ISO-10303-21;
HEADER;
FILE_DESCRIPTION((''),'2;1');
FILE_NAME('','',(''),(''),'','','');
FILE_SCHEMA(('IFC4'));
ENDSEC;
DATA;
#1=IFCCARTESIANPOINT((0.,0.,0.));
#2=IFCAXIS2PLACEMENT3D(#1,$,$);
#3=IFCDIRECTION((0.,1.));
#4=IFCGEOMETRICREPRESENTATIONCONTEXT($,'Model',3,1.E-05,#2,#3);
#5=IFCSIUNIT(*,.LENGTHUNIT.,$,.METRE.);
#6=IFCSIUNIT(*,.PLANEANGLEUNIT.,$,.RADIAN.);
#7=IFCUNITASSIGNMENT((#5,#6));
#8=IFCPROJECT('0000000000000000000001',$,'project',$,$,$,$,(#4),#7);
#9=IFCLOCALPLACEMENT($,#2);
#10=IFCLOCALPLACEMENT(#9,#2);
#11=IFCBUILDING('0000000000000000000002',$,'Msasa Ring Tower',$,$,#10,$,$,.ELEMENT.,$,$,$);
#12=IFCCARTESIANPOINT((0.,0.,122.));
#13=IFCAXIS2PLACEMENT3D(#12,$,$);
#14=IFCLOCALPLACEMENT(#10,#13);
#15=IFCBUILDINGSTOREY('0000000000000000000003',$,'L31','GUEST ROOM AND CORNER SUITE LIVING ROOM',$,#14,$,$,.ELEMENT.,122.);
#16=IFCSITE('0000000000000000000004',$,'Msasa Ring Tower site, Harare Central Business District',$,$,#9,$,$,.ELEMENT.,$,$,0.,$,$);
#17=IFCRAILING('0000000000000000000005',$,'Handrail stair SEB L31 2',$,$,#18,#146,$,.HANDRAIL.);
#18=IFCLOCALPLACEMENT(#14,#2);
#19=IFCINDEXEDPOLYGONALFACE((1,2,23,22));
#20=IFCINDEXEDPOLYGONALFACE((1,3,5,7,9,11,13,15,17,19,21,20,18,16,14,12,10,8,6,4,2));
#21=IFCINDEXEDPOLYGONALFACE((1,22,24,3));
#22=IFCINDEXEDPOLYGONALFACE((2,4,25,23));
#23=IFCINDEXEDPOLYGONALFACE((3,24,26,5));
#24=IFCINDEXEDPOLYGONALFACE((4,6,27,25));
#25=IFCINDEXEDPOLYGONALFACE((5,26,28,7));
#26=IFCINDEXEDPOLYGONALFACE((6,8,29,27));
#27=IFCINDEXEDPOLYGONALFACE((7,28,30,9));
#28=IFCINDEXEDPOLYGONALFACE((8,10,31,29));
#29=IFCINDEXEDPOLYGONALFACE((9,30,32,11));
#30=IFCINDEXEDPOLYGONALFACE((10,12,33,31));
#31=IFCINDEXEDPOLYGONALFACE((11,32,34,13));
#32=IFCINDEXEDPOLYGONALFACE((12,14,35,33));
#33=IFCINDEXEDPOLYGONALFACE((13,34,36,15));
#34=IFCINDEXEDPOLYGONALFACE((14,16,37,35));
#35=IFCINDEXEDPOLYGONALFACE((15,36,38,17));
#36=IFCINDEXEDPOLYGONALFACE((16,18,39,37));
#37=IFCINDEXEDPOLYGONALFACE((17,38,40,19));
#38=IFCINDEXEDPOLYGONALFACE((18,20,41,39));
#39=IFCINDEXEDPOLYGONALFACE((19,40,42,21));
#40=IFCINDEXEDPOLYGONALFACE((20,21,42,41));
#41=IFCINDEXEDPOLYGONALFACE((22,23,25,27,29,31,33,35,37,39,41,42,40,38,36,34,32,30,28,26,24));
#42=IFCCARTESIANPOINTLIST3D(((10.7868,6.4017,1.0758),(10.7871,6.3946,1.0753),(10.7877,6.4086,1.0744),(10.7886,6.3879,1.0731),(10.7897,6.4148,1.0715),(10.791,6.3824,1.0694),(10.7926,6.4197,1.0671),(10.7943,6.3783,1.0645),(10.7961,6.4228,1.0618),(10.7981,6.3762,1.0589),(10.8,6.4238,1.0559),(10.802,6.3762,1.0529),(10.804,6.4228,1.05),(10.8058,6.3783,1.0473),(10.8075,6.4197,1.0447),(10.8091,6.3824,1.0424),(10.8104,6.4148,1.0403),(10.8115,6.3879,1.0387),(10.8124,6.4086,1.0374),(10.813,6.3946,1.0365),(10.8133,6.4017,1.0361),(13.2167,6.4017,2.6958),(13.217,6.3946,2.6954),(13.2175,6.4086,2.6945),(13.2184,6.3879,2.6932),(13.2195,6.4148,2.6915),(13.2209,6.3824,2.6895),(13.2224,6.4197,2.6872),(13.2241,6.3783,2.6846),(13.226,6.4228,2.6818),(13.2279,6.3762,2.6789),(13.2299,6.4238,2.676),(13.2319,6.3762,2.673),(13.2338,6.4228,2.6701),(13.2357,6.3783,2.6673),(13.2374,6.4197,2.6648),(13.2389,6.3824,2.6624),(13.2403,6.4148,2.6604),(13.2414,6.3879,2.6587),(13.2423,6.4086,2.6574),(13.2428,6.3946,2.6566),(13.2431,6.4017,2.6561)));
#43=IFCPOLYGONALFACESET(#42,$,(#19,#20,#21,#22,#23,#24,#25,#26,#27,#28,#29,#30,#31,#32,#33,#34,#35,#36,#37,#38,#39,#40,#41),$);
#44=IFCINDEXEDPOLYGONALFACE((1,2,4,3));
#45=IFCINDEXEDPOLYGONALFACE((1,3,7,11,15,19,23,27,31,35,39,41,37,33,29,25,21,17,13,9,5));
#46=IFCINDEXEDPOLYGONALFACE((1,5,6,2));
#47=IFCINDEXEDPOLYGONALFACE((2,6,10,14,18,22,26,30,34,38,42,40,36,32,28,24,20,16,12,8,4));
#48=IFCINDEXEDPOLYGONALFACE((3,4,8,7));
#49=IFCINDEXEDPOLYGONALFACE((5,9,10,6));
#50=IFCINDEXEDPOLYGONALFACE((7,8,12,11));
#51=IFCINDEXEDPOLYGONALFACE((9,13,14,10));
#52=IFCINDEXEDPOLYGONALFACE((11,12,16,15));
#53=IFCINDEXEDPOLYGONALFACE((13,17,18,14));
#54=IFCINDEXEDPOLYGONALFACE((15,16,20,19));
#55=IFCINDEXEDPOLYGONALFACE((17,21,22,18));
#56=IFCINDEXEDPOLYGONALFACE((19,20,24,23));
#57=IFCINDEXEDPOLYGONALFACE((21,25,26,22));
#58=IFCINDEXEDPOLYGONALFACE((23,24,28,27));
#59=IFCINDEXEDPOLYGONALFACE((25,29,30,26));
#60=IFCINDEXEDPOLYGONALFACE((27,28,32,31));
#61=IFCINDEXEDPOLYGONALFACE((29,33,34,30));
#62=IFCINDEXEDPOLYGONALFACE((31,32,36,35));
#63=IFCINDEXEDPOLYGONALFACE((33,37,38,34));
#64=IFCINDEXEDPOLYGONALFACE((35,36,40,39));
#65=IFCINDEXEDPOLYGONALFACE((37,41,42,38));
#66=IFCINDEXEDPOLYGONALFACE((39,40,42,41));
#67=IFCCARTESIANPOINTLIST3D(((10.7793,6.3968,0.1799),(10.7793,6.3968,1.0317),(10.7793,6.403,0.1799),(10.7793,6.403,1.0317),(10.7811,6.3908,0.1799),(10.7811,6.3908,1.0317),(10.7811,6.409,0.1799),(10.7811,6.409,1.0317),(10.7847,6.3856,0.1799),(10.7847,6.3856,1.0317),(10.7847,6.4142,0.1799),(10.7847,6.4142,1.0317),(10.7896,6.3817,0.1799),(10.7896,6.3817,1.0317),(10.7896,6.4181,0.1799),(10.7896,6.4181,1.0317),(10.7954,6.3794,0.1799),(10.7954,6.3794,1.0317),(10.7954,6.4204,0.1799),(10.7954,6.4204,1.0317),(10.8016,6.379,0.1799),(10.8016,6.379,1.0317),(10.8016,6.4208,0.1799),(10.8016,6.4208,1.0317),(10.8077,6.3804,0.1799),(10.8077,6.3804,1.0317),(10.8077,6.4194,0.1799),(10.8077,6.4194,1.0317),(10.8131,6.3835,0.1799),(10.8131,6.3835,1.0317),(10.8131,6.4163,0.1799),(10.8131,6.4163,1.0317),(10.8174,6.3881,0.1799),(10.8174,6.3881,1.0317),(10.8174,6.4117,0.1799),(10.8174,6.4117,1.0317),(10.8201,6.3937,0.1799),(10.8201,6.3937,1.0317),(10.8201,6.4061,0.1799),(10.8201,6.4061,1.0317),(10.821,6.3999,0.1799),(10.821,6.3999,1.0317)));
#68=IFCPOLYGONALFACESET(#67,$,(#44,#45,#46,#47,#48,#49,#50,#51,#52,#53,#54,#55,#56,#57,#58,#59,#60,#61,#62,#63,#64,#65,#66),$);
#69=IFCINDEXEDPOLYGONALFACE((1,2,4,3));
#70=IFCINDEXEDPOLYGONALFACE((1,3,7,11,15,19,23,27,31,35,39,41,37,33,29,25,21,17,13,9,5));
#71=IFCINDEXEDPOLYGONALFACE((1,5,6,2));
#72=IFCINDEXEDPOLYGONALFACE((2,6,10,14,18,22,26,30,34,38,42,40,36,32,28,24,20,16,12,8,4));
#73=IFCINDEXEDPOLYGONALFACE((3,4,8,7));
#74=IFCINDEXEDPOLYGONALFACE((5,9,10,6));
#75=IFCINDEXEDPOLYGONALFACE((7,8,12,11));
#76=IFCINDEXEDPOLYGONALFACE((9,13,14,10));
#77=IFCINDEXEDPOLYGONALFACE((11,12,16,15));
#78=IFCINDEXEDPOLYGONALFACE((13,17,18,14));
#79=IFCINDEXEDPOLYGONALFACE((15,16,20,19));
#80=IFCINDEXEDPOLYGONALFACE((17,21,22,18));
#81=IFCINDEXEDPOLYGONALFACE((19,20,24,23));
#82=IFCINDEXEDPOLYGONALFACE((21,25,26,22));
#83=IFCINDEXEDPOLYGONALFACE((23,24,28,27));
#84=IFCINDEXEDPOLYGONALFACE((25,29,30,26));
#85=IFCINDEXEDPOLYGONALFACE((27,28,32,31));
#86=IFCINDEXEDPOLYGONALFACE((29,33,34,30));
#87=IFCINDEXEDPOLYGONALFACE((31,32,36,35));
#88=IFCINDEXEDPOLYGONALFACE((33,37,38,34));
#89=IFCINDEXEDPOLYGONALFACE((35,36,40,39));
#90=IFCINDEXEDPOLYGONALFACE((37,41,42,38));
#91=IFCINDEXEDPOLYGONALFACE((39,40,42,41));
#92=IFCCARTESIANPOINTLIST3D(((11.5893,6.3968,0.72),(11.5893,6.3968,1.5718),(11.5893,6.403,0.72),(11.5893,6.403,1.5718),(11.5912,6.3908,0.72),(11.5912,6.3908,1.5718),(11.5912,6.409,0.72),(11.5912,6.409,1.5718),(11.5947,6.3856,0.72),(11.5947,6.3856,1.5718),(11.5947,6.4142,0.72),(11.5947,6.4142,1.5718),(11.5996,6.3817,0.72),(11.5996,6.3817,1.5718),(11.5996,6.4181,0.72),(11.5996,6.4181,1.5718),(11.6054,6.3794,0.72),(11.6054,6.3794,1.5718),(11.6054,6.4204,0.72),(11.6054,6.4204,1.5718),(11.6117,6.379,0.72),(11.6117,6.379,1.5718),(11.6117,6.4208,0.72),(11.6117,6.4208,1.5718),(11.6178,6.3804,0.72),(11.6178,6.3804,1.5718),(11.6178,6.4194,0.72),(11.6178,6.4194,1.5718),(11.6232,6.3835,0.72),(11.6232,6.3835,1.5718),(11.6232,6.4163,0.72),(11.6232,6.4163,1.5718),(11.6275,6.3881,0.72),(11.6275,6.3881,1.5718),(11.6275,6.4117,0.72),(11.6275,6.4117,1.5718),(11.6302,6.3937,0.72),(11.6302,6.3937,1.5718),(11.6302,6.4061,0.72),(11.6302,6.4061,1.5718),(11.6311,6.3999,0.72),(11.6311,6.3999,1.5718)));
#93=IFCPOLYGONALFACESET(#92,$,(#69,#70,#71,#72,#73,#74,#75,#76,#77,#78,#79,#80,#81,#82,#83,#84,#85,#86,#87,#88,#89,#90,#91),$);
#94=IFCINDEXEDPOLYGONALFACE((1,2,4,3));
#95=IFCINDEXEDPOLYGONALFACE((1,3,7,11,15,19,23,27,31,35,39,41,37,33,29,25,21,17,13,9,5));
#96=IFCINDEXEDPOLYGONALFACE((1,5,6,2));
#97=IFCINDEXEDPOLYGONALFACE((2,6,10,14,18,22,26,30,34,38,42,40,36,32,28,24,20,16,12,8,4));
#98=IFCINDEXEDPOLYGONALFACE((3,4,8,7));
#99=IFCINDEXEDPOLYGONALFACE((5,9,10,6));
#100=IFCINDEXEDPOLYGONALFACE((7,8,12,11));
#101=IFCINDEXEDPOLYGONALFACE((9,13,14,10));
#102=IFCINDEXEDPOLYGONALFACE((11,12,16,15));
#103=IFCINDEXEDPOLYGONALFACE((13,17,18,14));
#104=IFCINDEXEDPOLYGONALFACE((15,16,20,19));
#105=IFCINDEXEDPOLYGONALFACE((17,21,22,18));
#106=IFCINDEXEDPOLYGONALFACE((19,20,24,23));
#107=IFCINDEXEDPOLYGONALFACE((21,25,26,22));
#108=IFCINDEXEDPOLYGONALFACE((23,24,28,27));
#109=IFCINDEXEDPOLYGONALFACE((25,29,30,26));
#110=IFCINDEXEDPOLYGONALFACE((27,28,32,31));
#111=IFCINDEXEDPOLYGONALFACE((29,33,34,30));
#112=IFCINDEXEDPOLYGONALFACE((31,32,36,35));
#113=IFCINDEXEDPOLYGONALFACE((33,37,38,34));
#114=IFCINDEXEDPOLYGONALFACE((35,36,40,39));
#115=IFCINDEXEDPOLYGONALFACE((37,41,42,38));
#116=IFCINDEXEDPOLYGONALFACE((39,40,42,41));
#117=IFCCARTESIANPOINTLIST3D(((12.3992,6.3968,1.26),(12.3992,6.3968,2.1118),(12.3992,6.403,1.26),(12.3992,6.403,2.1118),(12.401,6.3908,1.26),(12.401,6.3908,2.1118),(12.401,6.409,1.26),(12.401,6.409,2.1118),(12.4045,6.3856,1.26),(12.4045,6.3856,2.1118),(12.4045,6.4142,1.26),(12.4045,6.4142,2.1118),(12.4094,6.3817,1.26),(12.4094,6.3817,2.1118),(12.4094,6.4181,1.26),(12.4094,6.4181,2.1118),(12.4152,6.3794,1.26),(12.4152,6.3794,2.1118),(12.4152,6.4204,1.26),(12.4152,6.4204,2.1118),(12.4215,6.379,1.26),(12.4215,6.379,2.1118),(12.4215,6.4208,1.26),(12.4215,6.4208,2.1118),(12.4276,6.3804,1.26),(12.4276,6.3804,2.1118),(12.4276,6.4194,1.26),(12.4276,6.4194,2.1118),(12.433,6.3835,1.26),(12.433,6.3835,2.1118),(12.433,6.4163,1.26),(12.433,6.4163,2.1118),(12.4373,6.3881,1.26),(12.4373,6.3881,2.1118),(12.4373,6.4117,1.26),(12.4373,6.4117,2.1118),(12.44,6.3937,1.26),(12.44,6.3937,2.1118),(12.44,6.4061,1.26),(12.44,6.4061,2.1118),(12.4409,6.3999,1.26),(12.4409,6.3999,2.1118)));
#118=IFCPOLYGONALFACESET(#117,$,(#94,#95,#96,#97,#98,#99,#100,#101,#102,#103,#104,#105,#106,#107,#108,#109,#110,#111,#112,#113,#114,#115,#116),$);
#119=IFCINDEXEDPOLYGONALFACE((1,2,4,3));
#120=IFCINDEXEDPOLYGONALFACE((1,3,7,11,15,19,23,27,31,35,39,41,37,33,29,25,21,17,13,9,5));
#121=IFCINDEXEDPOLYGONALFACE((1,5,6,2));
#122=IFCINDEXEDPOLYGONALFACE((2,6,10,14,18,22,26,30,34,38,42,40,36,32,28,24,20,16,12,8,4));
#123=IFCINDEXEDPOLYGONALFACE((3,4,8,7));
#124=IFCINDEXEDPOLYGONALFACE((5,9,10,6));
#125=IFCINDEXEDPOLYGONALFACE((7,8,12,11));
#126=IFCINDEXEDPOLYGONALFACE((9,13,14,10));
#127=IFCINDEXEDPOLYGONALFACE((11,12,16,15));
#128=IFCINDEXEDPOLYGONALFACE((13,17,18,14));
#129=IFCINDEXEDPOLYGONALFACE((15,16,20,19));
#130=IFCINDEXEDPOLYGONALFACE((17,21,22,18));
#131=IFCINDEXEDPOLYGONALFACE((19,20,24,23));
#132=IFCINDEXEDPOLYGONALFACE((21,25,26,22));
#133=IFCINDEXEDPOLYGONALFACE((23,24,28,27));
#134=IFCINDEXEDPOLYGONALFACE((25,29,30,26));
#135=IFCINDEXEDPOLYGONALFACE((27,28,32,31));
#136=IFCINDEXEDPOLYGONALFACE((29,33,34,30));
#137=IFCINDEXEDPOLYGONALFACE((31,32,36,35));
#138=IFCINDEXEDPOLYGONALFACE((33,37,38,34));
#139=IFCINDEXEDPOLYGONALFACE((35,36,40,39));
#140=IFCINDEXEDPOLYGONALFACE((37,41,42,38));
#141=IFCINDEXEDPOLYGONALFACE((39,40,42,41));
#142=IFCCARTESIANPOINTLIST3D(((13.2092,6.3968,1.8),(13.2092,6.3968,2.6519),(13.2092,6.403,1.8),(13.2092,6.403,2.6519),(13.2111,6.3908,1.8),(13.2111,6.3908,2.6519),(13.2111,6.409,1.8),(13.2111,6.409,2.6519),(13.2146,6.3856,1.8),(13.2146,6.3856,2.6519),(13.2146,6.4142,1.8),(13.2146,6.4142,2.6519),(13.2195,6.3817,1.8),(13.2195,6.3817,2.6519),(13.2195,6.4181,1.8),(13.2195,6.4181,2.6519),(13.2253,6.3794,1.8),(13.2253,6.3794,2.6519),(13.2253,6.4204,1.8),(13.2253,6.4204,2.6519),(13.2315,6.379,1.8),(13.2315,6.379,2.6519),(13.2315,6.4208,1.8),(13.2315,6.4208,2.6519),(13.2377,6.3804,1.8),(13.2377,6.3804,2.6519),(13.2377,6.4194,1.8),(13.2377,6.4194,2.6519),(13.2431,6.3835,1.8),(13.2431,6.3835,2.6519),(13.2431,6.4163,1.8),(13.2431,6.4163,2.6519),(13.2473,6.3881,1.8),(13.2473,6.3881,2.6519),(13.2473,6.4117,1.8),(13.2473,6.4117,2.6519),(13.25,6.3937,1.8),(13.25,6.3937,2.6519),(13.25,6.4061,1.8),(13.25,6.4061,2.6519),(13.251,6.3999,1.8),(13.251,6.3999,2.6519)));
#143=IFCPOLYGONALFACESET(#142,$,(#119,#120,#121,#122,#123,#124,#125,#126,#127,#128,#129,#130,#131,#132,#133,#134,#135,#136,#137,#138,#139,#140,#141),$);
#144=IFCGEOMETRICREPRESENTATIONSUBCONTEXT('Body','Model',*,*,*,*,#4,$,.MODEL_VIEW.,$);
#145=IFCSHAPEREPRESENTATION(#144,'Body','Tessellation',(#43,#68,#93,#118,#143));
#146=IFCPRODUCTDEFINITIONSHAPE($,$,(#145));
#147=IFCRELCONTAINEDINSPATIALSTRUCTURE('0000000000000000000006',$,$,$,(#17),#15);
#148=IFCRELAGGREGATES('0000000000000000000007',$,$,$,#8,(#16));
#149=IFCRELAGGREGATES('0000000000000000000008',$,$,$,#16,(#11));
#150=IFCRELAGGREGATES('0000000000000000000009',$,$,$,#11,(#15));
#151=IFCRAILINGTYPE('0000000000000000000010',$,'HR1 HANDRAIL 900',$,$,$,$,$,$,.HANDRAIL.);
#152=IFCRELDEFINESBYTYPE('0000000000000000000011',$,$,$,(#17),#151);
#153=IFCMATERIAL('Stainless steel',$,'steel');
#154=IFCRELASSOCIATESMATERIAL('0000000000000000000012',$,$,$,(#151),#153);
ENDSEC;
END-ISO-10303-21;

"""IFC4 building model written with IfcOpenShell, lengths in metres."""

from ifc_helpers import new_model, si_unit, direction, frame, origin, origin_2d, place, context, subcontext, project, spatial, circle, extrude, material, type_object, element, save


model = new_model("IFC4")

# Units and contexts
model_context = context("Model", 3, precision=1e-05, world=origin(), true_north=direction((0.0, 1.0)))
body_context = subcontext(model_context, "Body", "Model", "MODEL_VIEW")
ifc_project = project(units=[si_unit("LENGTHUNIT", "METRE"), si_unit("PLANEANGLEUNIT", "RADIAN")], contexts=[model_context])

# Site, building, storey
site_placement = place(None, origin())
site = spatial("IfcSite", under=ifc_project, at=site_placement, Name="Msasa Ring Tower site, Harare Central Business District", CompositionType="ELEMENT", RefElevation=0.0)
building_placement = place(site_placement, origin())
building = spatial("IfcBuilding", under=site, at=building_placement, Name="Msasa Ring Tower", CompositionType="ELEMENT")
storey_placement = place(building_placement, frame((0.0, 0.0, 122.0)))
storey = spatial("IfcBuildingStorey", under=building, at=storey_placement, Name="L31", Description="GUEST ROOM AND CORNER SUITE LIVING ROOM", CompositionType="ELEMENT", Elevation=122.0)

# Railing
ifc_material_1 = material(Name="Stainless steel", Category="steel")
railing_type = type_object("IfcRailingType", Name="HR1 HANDRAIL 900", PredefinedType="HANDRAIL", material=ifc_material_1)
for number, where, name in (
    (1, (10.8, 6.3999, 0.1799), "Handrail stair SEB L31 2"),
):
    element("IfcRailing", number, at=place(storey_placement, frame(where)), inside=storey, type_object=railing_type, Name=name, PredefinedType="HANDRAIL", context=body_context, shape_type="SweptSolid", body=[
        extrude(circle(Radius=0.0239, at=origin_2d()), frame((0.0, 0.0, 0.876), z_axis=(0.832025, 0.0, 0.554739), x_axis=(0.0, 1.0, 0.0)), (0.0, 0.0, 1.0), 2.9204),
        extrude(circle(Radius=0.021, at=origin_2d()), origin(), (0.0, 0.0, 1.0), 0.8518),
        extrude(circle(Radius=0.021, at=origin_2d()), frame((0.8101, 0.0, 0.54)), (0.0, 0.0, 1.0), 0.8518),
        extrude(circle(Radius=0.021, at=origin_2d()), frame((1.6199, 0.0, 1.0801)), (0.0, 0.0, 1.0), 0.8518),
        extrude(circle(Radius=0.021, at=origin_2d()), frame((2.4299, 0.0, 1.6201)), (0.0, 0.0, 1.0), 0.8518),
    ])

save(model, "model.ifc")
